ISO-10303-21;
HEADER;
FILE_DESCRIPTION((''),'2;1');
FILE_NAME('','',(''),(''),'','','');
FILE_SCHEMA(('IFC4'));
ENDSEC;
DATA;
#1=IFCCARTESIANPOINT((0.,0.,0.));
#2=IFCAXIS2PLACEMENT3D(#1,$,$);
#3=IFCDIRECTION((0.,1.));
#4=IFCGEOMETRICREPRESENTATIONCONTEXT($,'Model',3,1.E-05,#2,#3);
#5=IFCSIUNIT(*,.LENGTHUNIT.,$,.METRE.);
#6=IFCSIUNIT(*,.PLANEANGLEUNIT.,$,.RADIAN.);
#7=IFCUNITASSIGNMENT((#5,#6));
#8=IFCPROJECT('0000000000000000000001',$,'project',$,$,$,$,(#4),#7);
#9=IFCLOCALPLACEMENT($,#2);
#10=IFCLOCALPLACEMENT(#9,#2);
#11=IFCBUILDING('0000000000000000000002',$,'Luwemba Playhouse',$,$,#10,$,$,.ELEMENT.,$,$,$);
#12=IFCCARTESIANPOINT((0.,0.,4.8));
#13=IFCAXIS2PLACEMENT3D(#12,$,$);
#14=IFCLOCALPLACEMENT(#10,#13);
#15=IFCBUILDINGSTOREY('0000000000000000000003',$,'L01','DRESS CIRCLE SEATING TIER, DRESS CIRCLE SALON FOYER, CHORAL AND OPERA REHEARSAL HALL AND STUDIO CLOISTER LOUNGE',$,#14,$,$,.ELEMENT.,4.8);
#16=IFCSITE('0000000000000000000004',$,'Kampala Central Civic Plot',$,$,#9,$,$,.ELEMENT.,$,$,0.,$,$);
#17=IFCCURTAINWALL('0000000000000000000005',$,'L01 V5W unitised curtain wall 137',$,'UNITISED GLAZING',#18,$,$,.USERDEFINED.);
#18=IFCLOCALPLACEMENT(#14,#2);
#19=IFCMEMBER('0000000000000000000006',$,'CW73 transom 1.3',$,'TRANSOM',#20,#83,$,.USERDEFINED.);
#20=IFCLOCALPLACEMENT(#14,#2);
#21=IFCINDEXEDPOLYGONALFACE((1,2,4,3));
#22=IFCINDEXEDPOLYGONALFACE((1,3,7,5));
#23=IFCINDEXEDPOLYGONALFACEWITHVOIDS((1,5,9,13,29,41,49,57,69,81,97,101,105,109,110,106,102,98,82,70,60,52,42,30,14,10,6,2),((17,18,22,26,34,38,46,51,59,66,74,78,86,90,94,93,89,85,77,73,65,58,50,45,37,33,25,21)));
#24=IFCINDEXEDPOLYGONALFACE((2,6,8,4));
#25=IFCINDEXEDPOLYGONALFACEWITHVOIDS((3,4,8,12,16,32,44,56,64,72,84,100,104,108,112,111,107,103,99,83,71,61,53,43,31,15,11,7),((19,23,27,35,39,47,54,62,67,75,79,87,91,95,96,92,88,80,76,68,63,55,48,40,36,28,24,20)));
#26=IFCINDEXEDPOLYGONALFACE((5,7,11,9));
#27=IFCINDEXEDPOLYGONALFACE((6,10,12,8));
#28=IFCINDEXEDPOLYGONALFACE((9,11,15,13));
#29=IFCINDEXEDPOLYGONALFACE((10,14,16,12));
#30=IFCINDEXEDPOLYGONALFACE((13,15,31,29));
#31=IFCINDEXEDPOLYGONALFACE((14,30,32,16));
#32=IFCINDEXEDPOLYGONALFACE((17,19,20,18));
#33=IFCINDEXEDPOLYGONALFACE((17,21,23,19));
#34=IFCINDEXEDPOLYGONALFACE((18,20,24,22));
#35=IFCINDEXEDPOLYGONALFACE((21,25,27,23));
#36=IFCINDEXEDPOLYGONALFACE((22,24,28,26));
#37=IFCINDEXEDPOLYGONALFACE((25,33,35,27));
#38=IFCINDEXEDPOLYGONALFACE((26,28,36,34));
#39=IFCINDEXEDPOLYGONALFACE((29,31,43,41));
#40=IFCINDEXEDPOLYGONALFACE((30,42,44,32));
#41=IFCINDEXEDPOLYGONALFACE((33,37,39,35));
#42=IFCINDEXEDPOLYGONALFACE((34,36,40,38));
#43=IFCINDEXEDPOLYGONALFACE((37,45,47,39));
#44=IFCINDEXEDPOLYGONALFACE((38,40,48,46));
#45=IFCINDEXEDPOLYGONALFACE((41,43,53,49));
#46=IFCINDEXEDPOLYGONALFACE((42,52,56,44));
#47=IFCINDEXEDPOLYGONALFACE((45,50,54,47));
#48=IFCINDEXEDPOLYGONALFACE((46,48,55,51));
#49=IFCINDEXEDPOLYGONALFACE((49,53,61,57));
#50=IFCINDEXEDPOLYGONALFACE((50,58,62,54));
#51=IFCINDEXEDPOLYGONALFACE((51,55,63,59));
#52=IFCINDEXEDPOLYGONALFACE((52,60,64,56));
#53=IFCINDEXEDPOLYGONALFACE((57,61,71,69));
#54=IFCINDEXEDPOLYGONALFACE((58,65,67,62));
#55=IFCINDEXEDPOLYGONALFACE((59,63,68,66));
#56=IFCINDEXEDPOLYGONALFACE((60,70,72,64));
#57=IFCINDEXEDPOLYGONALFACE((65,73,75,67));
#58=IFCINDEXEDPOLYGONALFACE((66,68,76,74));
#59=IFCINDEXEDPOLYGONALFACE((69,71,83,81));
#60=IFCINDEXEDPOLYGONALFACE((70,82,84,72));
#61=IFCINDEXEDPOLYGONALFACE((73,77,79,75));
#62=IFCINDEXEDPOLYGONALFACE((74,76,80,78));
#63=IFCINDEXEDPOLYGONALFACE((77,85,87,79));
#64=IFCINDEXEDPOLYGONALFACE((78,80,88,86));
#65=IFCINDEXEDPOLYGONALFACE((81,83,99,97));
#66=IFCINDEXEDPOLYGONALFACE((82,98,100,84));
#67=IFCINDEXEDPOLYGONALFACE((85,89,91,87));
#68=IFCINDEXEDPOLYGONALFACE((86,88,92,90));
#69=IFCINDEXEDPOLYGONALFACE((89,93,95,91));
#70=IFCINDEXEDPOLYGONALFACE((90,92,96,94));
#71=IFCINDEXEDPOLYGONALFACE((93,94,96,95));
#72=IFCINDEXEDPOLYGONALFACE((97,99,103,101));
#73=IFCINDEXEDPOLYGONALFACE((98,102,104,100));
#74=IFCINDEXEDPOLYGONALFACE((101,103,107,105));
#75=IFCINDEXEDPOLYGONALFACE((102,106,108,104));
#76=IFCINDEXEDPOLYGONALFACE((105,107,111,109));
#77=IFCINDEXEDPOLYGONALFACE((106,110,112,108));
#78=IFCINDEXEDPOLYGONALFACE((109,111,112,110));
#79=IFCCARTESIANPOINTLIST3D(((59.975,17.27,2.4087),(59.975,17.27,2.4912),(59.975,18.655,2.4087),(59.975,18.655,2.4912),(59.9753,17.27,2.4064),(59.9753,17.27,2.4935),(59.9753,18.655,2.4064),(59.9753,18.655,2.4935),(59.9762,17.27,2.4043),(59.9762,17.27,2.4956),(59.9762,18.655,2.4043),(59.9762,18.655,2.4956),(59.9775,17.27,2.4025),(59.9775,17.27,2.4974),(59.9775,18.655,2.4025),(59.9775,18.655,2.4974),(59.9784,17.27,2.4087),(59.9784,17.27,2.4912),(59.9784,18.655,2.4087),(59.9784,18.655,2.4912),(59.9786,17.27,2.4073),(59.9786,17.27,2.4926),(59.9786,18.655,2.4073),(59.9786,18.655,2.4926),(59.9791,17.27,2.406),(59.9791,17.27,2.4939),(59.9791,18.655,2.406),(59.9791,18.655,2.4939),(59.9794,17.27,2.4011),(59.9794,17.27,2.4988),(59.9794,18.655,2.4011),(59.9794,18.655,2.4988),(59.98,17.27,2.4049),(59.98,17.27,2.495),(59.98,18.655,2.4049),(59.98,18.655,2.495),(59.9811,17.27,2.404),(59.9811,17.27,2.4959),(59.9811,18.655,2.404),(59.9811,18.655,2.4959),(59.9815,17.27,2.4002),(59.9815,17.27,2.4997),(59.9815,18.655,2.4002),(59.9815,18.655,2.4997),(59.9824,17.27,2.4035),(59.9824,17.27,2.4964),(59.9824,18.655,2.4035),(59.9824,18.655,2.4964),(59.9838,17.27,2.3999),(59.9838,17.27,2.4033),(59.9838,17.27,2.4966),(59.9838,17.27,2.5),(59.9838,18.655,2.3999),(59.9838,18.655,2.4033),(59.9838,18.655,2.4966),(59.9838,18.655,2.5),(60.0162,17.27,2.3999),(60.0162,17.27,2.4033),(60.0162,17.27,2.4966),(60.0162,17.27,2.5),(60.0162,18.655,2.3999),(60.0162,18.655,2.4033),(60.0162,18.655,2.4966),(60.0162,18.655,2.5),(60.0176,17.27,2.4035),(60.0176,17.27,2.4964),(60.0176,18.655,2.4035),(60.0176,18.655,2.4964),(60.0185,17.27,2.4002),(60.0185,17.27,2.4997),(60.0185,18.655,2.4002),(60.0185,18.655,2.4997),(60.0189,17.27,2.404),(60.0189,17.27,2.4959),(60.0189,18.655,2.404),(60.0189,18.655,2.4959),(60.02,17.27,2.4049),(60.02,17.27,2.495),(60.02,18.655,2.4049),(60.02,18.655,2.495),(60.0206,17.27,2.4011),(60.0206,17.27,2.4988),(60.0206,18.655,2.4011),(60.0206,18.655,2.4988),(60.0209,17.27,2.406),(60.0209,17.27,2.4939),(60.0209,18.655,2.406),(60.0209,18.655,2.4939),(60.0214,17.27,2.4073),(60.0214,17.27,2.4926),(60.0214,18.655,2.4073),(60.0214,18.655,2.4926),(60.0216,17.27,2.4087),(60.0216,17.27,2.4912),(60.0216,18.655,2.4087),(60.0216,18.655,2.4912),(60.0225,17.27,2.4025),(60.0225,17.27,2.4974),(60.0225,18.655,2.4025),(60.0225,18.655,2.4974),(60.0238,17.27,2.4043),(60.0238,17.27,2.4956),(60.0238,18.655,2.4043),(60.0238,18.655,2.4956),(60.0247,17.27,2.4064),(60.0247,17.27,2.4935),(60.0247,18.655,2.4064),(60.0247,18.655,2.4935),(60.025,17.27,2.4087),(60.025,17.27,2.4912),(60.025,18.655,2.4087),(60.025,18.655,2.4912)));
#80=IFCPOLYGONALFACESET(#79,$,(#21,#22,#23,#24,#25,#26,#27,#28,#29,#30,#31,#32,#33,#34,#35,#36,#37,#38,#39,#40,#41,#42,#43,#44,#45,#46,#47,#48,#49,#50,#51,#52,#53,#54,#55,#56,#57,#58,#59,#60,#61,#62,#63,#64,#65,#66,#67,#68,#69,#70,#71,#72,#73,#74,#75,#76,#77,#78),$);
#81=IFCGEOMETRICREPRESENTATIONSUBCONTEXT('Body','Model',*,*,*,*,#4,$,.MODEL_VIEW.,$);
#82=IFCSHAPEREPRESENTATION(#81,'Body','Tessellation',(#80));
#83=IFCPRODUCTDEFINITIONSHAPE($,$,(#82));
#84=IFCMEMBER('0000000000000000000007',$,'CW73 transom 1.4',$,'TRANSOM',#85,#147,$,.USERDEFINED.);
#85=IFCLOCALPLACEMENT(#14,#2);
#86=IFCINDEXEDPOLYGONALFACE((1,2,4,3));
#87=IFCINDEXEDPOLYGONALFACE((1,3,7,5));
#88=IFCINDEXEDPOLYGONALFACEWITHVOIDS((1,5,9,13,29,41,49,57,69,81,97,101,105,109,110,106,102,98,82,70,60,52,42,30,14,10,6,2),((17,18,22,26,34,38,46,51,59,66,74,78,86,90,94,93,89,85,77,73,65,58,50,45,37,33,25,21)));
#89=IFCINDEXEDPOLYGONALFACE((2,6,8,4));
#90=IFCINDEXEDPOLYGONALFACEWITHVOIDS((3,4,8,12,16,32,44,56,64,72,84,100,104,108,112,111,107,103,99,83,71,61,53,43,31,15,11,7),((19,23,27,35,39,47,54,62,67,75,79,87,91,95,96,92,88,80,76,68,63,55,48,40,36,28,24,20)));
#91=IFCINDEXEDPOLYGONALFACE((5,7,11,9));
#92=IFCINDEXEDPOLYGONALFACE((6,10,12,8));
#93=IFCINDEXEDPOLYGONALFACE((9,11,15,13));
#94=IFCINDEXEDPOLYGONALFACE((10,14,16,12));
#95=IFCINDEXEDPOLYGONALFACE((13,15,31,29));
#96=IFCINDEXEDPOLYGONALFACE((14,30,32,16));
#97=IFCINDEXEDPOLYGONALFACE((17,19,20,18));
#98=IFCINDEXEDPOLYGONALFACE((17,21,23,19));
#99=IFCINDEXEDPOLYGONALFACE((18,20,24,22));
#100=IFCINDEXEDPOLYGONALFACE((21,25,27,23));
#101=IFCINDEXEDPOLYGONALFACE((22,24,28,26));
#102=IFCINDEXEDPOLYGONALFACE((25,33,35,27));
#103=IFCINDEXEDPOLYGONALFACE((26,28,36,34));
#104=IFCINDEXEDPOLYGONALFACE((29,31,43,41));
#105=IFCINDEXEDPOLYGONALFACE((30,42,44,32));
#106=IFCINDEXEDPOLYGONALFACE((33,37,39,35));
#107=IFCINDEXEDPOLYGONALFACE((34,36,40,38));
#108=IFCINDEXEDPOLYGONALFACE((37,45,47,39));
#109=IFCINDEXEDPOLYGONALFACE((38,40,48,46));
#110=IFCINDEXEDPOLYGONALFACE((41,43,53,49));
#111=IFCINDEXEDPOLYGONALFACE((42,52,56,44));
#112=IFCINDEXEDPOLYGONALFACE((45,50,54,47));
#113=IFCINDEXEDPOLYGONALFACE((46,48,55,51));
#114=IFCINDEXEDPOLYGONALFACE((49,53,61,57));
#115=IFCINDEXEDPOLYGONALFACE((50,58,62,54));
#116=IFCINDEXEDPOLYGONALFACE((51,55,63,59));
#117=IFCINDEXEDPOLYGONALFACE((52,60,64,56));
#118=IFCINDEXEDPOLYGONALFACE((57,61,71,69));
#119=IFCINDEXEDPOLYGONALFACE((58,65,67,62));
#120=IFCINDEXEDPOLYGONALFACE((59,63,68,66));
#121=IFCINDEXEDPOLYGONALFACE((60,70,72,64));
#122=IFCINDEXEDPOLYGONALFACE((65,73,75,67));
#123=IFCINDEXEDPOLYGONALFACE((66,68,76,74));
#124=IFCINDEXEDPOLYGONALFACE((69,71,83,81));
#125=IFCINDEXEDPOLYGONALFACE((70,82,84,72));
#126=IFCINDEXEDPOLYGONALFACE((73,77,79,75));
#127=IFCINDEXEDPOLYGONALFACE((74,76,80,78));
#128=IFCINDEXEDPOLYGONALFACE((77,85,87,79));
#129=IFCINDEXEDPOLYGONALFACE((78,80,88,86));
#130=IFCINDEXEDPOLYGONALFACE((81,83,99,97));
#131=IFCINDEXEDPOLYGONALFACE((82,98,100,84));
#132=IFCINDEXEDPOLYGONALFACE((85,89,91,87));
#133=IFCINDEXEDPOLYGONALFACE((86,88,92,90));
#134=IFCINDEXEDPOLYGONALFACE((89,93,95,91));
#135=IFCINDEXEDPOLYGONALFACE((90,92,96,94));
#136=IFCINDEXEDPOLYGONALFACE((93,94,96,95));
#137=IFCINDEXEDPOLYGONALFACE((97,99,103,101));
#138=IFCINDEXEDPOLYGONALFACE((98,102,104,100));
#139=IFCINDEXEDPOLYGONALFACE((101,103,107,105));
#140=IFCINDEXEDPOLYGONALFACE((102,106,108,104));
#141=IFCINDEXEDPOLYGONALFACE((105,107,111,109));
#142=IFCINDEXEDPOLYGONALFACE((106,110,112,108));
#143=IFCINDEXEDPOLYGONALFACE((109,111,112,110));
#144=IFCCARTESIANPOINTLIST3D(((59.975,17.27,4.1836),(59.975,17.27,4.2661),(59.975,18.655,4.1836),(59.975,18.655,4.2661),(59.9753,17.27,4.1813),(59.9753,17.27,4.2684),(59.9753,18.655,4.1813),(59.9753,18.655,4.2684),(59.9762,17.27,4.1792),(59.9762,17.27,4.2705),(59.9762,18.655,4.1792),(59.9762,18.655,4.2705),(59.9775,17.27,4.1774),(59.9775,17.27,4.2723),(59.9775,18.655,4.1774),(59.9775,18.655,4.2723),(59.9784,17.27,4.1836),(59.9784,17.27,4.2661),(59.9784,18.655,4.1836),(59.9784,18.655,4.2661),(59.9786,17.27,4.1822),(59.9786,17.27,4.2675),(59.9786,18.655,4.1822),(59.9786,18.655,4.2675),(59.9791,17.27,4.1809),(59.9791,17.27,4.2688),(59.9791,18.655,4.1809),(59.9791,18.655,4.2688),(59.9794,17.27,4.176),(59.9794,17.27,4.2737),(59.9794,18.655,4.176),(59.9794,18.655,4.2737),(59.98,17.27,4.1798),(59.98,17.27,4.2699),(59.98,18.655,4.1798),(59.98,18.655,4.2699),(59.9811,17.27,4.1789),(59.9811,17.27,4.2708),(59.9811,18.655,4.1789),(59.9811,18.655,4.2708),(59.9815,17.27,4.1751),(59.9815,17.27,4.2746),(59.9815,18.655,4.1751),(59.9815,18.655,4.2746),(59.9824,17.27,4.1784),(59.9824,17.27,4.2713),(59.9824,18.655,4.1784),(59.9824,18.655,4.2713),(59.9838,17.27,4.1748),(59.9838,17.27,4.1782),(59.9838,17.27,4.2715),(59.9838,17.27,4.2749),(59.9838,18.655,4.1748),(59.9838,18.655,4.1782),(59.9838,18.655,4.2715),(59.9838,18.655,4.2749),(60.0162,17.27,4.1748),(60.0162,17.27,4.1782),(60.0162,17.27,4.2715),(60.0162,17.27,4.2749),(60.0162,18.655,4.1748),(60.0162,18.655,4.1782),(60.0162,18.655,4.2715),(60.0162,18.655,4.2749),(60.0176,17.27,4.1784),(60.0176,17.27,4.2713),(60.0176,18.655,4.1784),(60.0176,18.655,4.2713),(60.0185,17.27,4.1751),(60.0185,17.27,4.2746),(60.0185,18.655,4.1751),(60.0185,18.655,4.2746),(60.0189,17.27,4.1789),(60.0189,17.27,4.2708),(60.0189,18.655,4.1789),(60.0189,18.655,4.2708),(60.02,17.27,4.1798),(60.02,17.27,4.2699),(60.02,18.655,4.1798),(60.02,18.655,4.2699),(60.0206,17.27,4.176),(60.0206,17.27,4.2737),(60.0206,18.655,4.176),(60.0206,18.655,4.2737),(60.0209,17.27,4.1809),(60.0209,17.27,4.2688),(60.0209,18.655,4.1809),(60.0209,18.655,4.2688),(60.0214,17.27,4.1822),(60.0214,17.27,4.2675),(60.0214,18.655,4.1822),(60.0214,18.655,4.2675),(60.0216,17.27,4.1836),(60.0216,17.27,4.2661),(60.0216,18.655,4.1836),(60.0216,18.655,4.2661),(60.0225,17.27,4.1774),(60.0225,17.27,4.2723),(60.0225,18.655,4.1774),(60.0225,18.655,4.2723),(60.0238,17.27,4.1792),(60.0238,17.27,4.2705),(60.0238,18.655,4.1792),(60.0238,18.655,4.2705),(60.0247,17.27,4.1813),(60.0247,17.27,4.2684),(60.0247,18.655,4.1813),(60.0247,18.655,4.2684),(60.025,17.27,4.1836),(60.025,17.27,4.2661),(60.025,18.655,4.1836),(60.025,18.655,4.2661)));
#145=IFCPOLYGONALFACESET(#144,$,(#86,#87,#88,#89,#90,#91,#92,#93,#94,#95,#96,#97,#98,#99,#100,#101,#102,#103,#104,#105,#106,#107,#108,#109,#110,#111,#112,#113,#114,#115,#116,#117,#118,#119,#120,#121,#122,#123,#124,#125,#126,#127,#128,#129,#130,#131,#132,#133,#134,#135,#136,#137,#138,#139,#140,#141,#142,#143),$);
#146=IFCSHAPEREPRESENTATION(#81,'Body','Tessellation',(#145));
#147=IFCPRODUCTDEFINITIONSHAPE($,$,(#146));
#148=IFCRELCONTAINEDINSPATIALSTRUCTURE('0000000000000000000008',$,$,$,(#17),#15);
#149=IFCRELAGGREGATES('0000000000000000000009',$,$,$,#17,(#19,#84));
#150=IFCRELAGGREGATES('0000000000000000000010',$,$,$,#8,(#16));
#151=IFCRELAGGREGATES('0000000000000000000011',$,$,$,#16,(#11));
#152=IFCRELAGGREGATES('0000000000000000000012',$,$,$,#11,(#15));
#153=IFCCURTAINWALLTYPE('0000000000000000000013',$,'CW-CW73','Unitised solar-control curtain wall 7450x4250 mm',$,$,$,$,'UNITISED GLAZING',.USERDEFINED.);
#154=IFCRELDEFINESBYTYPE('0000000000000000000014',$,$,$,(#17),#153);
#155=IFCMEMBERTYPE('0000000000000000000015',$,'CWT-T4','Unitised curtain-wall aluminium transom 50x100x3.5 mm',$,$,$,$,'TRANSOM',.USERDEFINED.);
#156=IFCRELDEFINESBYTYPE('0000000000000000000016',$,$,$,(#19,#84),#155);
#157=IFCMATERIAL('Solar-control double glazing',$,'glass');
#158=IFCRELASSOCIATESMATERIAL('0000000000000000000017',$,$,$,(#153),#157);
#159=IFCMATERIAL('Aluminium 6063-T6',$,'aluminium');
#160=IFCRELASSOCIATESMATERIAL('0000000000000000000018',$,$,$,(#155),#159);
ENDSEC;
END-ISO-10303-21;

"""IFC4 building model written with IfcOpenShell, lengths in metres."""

from ifc_helpers import new_model, si_unit, direction, frame, origin, origin_2d, place, context, subcontext, project, spatial, hollow_rectangle, extrude, material, material_profile, profile_set, type_object, element, aggregate, save


model = new_model("IFC4")

# Units and contexts
model_context = context("Model", 3, precision=1e-05, world=origin(), true_north=direction((0.0, 1.0)))
body_context = subcontext(model_context, "Body", "Model", "MODEL_VIEW")
ifc_project = project(units=[si_unit("LENGTHUNIT", "METRE"), si_unit("PLANEANGLEUNIT", "RADIAN")], contexts=[model_context])

# Site, building, storey
site_placement = place(None, origin())
site = spatial("IfcSite", under=ifc_project, at=site_placement, Name="Kampala Central Civic Plot", CompositionType="ELEMENT", RefElevation=0.0)
building_placement = place(site_placement, origin())
building = spatial("IfcBuilding", under=site, at=building_placement, Name="Luwemba Playhouse", CompositionType="ELEMENT")
storey_placement = place(building_placement, frame((0.0, 0.0, 4.8)))
storey = spatial("IfcBuildingStorey", under=building, at=storey_placement, Name="L01", Description="DRESS CIRCLE SEATING TIER, DRESS CIRCLE SALON FOYER, CHORAL AND OPERA REHEARSAL HALL AND STUDIO CLOISTER LOUNGE", CompositionType="ELEMENT", Elevation=4.8)

# Curtain wall
ifc_material_1 = material(Name="Solar-control double glazing", Category="glass")
ifc_material_2 = material(Name="Aluminium 6063-T6", Category="aluminium")
curtain_wall_type_1 = type_object("IfcCurtainWallType", Name="CW-CW73", Description="Unitised solar-control curtain wall 7450x4250 mm", ElementType="UNITISED GLAZING", PredefinedType="USERDEFINED", material=ifc_material_1)
curtain_wall_1_placement = place(storey_placement, origin())
curtain_wall_1 = element("IfcCurtainWall", 1, at=curtain_wall_1_placement, inside=storey, type_object=curtain_wall_type_1, Name="L01 V5W unitised curtain wall 137", ObjectType="UNITISED GLAZING", PredefinedType="USERDEFINED")

# Members
ifc_material_profile_1 = material_profile(ifc_material_2, hollow_rectangle(XDim=0.05, YDim=0.1001, WallThickness=0.0034, InnerFilletRadius=0.0054, OuterFilletRadius=0.0088, at=origin_2d()))
ifc_profile_set_1 = profile_set([ifc_material_profile_1], Name="Aluminium 6063-T6")
member_type_1 = type_object("IfcMemberType", Name="CWT-T4", Description="Unitised curtain-wall aluminium transom 50x100x3.5 mm", ElementType="TRANSOM", PredefinedType="USERDEFINED", material=ifc_profile_set_1)
member_1_placement = place(storey_placement, frame((60.0, 18.655, 2.45), z_axis=(0.0, -1.0, 0.0), x_axis=(1.0, 0.0, 0.0)))
member_1 = element("IfcMember", 2, at=member_1_placement, type_object=member_type_1, Name="CW73 transom 1.3", ObjectType="TRANSOM", PredefinedType="USERDEFINED", context=body_context, shape_type="SweptSolid", body=[
    extrude(hollow_rectangle(XDim=0.05, YDim=0.1001, WallThickness=0.0034, InnerFilletRadius=0.0054, OuterFilletRadius=0.0088, at=origin_2d()), origin(), (0.0, 0.0, 1.0), 1.385),
])
member_2_placement = place(storey_placement, frame((60.0, 18.655, 4.2249), z_axis=(0.0, -1.0, 0.0), x_axis=(1.0, 0.0, 0.0)))
member_2 = element("IfcMember", 3, at=member_2_placement, type_object=member_type_1, Name="CW73 transom 1.4", ObjectType="TRANSOM", PredefinedType="USERDEFINED", context=body_context, shape_type="SweptSolid", body=[
    extrude(hollow_rectangle(XDim=0.05, YDim=0.1001, WallThickness=0.0034, InnerFilletRadius=0.0054, OuterFilletRadius=0.0088, at=origin_2d()), origin(), (0.0, 0.0, 1.0), 1.385),
])

aggregate(curtain_wall_1, [member_1, member_2])

save(model, "model.ifc")
